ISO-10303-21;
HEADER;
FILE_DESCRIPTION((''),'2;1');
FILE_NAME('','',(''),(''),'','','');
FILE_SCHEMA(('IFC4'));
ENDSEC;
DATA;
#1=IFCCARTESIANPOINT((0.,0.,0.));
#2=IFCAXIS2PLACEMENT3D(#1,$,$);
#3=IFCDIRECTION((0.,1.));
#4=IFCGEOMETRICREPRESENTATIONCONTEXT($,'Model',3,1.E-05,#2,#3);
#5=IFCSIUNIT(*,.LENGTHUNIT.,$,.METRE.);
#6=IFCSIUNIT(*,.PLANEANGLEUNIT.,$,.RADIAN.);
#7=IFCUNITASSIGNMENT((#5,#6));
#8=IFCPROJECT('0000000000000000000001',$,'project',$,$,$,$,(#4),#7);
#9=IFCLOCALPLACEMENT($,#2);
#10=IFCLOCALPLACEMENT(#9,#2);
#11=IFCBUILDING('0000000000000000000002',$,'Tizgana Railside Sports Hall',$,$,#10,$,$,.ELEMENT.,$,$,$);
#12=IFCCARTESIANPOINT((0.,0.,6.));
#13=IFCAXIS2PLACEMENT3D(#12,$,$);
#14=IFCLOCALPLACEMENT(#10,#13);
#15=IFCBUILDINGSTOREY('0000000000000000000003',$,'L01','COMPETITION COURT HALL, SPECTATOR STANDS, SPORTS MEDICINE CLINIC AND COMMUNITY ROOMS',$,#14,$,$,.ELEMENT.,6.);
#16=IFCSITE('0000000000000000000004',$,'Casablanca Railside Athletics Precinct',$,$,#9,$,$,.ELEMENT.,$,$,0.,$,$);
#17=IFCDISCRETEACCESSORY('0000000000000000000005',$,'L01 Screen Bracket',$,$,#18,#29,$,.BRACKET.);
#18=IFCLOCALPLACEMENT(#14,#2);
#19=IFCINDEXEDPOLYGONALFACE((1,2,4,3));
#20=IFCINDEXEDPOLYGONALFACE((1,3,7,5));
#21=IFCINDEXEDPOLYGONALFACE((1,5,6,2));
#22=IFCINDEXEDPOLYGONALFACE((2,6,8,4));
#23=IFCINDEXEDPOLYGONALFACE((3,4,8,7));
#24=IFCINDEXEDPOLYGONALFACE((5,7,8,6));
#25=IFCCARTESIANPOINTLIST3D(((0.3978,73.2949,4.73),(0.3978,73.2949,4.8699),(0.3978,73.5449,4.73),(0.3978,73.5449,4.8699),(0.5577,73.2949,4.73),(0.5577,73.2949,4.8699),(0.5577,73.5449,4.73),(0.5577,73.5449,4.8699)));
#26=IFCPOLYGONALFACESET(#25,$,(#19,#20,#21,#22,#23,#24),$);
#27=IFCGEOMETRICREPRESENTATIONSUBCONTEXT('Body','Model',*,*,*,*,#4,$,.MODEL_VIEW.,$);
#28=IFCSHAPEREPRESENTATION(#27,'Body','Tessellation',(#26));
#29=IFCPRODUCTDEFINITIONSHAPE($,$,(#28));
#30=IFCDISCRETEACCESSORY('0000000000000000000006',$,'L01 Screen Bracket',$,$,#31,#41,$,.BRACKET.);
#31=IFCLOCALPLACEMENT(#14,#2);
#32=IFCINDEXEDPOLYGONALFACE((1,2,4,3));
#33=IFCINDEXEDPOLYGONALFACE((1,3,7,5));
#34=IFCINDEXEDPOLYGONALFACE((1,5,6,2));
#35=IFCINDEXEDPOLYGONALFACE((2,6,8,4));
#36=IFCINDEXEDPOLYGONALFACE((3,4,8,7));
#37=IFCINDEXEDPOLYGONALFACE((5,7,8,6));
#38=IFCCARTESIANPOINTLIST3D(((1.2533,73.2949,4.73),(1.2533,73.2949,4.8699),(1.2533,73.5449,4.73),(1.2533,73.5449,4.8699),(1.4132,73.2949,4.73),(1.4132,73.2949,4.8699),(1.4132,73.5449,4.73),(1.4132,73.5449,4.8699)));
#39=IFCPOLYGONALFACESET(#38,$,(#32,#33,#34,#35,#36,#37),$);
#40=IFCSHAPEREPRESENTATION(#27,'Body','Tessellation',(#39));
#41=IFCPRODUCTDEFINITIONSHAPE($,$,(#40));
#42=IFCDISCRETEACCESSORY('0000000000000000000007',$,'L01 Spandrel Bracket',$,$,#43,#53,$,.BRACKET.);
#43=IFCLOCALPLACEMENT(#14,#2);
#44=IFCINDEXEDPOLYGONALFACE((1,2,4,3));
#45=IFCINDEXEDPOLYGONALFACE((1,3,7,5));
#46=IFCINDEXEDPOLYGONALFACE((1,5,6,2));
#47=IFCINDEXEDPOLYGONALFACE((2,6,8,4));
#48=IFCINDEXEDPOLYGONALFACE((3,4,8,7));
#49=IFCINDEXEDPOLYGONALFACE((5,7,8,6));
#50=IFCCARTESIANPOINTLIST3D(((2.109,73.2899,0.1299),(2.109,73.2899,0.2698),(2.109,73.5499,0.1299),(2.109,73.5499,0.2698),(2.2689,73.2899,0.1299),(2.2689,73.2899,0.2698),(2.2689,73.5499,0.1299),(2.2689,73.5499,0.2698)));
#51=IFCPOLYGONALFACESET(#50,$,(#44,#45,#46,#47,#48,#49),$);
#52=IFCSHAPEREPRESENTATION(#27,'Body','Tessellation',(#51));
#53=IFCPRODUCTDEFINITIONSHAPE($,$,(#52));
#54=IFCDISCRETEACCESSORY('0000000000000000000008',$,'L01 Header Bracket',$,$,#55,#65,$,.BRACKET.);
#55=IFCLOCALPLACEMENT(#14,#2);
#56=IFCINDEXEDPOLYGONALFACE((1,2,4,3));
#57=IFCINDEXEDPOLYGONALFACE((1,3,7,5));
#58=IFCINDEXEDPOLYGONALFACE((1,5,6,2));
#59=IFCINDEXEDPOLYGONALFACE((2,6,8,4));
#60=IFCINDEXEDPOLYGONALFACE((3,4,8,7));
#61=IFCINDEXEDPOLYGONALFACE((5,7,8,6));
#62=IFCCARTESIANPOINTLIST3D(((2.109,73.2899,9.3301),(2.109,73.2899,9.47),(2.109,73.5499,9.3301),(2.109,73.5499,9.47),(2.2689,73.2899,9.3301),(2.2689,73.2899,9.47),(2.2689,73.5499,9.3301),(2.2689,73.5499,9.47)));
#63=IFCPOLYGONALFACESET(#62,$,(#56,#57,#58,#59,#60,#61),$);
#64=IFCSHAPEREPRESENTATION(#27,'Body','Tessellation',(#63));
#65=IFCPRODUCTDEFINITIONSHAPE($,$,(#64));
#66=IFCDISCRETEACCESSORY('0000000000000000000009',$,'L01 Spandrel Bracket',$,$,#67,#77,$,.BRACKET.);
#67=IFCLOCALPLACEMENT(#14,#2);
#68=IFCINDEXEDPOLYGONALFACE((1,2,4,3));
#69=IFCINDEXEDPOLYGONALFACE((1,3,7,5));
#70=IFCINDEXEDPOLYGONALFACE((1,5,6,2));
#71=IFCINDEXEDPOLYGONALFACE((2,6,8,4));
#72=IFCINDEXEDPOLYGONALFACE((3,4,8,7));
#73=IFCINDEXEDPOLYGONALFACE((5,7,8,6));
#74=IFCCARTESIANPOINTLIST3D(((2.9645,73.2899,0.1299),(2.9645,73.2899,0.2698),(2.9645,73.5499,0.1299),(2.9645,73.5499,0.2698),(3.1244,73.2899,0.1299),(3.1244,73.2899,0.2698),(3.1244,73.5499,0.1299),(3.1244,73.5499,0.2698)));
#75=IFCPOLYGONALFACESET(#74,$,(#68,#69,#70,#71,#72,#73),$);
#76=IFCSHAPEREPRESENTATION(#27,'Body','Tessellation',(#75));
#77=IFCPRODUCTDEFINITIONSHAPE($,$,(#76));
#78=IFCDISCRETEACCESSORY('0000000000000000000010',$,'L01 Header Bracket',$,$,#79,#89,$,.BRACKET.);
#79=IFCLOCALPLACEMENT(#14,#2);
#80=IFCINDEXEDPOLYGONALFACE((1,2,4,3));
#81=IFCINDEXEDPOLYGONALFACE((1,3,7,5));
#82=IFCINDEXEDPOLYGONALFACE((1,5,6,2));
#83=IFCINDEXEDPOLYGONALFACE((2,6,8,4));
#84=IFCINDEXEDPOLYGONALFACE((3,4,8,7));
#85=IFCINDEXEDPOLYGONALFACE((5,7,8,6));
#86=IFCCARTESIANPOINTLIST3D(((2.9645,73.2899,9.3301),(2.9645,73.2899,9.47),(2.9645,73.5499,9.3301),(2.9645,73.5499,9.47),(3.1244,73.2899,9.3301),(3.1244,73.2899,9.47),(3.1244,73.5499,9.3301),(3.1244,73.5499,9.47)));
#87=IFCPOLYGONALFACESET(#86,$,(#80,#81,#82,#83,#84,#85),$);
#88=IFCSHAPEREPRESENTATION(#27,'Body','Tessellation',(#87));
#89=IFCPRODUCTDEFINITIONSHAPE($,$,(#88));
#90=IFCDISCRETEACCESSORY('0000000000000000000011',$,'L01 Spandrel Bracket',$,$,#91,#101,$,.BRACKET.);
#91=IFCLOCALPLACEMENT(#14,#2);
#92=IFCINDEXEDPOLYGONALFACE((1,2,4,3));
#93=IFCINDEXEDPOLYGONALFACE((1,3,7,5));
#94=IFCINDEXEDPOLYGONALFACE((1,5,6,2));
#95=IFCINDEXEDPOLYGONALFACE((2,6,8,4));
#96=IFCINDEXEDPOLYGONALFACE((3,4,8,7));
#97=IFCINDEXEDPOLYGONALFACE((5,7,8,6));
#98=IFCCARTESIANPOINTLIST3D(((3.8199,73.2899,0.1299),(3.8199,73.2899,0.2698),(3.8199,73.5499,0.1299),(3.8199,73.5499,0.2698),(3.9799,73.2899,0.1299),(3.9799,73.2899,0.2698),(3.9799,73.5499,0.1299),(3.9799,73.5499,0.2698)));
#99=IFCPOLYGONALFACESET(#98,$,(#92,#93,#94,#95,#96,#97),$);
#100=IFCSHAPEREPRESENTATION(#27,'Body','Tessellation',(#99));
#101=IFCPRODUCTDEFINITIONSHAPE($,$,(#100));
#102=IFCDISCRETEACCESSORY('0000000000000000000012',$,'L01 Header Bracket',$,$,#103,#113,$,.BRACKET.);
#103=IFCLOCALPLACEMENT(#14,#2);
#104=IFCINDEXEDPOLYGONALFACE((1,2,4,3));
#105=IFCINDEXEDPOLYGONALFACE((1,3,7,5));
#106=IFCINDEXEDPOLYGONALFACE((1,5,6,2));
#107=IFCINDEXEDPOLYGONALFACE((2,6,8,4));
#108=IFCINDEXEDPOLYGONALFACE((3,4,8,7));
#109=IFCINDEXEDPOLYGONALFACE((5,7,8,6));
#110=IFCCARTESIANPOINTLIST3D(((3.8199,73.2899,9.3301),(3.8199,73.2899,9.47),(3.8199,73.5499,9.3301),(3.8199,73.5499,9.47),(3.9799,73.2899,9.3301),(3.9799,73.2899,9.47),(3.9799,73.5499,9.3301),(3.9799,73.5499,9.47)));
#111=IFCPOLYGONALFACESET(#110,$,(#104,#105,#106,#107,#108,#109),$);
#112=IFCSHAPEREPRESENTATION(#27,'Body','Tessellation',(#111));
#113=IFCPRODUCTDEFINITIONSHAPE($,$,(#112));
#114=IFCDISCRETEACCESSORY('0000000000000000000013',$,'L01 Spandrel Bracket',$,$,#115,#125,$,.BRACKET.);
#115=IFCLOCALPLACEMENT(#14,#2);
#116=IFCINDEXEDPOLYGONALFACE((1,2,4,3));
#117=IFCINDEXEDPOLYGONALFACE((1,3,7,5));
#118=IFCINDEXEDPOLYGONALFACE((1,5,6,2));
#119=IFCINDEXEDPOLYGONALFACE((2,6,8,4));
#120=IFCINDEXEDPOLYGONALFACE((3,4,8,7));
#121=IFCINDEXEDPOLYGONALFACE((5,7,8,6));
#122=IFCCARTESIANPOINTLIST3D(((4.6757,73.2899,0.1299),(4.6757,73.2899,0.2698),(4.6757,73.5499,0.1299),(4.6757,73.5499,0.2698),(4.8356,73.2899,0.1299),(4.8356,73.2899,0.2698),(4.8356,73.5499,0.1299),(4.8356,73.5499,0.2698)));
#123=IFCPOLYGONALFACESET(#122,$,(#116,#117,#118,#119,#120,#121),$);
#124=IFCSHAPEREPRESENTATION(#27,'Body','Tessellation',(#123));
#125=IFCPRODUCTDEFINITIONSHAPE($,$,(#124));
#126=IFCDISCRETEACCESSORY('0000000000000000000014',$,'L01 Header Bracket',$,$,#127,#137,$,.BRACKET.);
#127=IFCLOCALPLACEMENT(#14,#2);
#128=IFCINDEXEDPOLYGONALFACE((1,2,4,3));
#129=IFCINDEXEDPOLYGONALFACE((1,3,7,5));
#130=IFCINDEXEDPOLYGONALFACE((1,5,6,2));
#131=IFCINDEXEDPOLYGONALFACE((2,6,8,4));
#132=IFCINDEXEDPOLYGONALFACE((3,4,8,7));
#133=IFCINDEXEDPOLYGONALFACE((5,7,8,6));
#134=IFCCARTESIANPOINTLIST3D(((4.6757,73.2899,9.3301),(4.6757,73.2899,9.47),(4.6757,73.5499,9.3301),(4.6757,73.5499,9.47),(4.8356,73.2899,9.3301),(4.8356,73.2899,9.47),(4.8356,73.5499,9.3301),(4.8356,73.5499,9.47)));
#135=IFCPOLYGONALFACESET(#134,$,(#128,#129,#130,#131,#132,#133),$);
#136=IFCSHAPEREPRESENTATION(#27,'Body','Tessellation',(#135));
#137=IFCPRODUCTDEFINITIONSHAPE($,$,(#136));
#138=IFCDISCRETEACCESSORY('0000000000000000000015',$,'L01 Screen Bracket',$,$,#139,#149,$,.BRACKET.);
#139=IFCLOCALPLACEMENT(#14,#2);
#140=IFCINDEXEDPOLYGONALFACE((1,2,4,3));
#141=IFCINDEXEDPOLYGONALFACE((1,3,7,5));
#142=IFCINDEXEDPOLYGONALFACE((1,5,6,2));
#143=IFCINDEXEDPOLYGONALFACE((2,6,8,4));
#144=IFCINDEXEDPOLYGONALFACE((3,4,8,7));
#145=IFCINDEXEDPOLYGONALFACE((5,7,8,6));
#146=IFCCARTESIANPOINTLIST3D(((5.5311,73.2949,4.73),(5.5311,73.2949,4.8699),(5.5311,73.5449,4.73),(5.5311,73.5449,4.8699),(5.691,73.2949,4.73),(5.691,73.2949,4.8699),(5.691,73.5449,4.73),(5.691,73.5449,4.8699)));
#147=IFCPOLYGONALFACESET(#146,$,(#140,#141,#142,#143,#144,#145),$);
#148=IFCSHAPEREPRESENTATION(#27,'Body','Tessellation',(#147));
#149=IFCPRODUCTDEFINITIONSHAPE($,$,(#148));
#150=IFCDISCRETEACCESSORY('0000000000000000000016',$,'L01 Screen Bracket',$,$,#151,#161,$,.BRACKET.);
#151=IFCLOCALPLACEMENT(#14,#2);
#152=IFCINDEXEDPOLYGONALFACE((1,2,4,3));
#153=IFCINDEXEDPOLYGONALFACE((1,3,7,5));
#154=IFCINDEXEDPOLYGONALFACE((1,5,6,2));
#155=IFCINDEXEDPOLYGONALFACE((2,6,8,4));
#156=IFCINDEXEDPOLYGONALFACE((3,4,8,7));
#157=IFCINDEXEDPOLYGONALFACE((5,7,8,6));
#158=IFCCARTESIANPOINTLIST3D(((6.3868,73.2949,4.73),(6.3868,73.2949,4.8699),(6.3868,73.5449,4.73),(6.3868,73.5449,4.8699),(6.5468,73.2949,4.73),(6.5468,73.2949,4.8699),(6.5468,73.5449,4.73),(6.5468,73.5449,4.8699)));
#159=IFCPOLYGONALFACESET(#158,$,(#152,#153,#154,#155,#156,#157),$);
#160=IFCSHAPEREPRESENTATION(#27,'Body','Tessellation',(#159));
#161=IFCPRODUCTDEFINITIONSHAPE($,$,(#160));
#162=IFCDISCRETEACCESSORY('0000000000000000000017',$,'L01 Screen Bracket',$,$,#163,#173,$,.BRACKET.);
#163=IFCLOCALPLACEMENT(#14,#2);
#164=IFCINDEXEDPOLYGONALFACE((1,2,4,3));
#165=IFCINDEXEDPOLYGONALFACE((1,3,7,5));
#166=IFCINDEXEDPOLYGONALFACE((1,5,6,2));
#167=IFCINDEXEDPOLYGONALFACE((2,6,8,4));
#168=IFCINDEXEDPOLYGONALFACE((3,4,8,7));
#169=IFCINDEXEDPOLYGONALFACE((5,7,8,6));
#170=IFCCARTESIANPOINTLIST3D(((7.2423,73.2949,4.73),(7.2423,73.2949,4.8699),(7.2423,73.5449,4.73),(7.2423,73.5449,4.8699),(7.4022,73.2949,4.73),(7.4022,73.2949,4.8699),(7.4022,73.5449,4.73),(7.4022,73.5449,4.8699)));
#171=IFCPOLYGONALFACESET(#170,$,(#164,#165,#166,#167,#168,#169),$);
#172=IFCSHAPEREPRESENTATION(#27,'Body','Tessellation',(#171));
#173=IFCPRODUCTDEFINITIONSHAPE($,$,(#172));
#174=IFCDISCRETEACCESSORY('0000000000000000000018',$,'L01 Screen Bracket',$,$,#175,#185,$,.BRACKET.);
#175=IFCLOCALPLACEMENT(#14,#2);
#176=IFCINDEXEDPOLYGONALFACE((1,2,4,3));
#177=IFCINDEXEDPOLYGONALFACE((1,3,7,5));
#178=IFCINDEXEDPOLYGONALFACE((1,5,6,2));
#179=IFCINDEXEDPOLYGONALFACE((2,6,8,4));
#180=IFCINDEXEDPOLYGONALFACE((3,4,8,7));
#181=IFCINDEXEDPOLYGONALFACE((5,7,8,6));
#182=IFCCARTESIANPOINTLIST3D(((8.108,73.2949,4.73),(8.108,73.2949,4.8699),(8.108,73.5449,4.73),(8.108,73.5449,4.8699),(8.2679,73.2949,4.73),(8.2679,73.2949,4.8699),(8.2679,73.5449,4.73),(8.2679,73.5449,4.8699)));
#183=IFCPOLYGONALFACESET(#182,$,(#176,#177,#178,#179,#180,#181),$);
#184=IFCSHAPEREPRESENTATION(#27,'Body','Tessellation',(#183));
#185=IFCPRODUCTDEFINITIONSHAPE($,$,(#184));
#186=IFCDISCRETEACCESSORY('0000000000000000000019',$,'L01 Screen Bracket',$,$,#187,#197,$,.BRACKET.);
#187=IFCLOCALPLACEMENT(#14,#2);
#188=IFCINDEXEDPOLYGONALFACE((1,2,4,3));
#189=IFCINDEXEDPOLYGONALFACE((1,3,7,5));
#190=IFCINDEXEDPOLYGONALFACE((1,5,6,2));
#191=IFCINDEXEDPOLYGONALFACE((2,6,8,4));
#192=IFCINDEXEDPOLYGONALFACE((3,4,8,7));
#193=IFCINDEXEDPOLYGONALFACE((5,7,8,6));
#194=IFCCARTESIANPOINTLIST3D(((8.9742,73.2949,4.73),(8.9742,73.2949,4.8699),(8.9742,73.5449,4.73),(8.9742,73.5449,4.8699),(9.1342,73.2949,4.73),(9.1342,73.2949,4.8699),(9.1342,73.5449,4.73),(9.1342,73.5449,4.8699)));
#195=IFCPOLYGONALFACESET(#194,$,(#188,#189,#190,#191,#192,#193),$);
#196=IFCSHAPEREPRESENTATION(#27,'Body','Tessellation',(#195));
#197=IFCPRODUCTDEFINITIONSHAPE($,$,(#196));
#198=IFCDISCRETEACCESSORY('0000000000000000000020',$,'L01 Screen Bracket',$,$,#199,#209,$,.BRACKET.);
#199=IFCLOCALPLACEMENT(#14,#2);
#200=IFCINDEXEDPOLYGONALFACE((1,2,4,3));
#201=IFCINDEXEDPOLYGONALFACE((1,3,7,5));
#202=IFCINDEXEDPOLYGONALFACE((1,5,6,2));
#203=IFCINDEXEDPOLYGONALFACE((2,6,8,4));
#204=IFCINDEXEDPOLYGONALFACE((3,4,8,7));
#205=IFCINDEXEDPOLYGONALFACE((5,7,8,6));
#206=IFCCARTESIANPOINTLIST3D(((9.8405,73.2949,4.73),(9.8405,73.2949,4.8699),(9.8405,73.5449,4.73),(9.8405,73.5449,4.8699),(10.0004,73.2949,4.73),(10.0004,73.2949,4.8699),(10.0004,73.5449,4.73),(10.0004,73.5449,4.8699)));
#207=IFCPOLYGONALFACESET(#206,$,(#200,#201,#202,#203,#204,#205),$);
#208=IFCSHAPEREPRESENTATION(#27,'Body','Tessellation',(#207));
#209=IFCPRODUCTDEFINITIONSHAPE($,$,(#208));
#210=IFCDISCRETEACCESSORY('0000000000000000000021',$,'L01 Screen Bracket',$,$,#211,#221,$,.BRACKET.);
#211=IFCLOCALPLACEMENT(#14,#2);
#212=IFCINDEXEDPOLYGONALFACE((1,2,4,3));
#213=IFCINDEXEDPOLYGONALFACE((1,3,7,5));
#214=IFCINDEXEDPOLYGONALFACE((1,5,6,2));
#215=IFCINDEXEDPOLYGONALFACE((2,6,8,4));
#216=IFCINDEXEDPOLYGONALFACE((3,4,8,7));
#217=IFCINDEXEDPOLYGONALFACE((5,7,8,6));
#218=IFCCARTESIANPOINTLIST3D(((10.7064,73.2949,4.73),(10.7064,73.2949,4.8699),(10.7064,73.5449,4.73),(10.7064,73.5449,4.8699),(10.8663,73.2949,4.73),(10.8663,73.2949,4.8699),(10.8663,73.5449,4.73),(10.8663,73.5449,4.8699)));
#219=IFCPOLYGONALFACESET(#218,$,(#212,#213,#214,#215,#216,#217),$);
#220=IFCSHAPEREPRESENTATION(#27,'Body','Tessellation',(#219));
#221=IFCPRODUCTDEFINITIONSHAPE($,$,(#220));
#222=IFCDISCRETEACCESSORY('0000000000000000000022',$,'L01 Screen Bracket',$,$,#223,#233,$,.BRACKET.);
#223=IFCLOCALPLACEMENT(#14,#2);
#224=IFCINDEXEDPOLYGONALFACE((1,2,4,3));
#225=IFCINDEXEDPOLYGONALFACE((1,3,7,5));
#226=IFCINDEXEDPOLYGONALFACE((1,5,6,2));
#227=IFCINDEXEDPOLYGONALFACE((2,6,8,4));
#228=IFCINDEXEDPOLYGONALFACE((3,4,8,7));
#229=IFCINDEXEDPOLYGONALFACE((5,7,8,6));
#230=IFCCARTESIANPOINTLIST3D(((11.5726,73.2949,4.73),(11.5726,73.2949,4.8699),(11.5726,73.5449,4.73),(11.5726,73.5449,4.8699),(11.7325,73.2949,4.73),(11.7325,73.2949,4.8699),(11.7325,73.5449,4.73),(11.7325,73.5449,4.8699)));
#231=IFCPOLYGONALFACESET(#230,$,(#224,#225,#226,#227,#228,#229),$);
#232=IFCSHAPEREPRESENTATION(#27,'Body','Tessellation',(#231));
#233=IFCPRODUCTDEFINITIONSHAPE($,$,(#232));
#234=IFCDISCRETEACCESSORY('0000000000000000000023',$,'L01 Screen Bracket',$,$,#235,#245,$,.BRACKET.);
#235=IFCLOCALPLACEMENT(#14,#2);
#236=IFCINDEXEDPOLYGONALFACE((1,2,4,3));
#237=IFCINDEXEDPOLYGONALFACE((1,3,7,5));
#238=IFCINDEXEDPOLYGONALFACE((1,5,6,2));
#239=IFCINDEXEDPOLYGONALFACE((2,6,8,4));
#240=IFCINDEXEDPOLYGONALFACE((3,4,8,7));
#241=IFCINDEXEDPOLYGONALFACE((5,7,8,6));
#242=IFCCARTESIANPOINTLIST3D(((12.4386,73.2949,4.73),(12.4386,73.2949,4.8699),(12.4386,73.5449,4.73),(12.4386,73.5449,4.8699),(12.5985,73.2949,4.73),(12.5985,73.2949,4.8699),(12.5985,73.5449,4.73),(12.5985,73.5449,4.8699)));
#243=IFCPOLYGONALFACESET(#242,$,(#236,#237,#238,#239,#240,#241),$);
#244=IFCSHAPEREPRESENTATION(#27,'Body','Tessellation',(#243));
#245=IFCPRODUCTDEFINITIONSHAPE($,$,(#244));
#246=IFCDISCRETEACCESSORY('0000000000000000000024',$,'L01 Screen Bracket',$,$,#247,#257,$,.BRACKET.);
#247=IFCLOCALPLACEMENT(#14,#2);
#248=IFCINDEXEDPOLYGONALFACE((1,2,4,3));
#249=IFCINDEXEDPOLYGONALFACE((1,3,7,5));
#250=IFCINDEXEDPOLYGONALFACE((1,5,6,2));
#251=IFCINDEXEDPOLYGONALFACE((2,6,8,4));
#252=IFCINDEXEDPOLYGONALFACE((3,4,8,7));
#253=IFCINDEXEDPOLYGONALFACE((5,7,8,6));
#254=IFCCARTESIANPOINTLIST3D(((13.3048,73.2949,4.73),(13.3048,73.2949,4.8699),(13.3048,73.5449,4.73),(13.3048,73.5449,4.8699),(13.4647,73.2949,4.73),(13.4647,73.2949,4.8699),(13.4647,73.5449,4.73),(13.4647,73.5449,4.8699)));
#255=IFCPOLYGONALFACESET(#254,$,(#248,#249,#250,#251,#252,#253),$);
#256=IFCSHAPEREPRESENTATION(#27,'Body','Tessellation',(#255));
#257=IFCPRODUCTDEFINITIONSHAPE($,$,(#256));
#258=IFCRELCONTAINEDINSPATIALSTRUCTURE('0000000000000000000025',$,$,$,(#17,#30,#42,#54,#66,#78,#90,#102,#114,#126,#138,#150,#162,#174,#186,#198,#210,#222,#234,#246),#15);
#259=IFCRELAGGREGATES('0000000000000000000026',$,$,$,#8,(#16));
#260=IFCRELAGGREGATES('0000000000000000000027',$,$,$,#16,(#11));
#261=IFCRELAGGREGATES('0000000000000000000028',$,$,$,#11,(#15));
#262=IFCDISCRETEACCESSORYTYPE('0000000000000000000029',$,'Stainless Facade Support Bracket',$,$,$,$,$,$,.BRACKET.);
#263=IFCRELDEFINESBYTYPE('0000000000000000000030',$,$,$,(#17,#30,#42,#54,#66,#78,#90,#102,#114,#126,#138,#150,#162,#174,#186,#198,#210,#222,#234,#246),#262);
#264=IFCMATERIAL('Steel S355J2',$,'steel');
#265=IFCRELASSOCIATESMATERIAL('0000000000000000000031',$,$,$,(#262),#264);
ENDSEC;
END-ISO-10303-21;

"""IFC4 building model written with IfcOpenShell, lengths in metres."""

from ifc_helpers import new_model, si_unit, direction, frame, origin, origin_2d, place, context, subcontext, project, spatial, rectangle, extrude, material, type_object, element, save


model = new_model("IFC4")

# Units and contexts
model_context = context("Model", 3, precision=1e-05, world=origin(), true_north=direction((0.0, 1.0)))
body_context = subcontext(model_context, "Body", "Model", "MODEL_VIEW")
ifc_project = project(units=[si_unit("LENGTHUNIT", "METRE"), si_unit("PLANEANGLEUNIT", "RADIAN")], contexts=[model_context])

# Site, building, storey
site_placement = place(None, origin())
site = spatial("IfcSite", under=ifc_project, at=site_placement, Name="Casablanca Railside Athletics Precinct", CompositionType="ELEMENT", RefElevation=0.0)
building_placement = place(site_placement, origin())
building = spatial("IfcBuilding", under=site, at=building_placement, Name="Tizgana Railside Sports Hall", CompositionType="ELEMENT")
storey_placement = place(building_placement, frame((0.0, 0.0, 6.0)))
storey = spatial("IfcBuildingStorey", under=building, at=storey_placement, Name="L01", Description="COMPETITION COURT HALL, SPECTATOR STANDS, SPORTS MEDICINE CLINIC AND COMMUNITY ROOMS", CompositionType="ELEMENT", Elevation=6.0)

# Shared definitions
ifc_material_1 = material(Name="Steel S355J2", Category="steel")

# Discrete accessories
discrete_accessory_type = type_object("IfcDiscreteAccessoryType", Name="Stainless Facade Support Bracket", PredefinedType="BRACKET", material=ifc_material_1)
for number, where, z_axis, x_axis, name in (
    (1, (0.4778, 73.4199, 4.73), (0.0, 0.0, 1.0), (1.0, 0.0, 0.0), "L01 Screen Bracket"),
    (2, (1.3333, 73.4199, 4.73), (0.0, 0.0, 1.0), (1.0, 0.0, 0.0), "L01 Screen Bracket"),
):
    element("IfcDiscreteAccessory", number, at=place(storey_placement, frame(where, z_axis=z_axis, x_axis=x_axis)), inside=storey, type_object=discrete_accessory_type, Name=name, PredefinedType="BRACKET", context=body_context, shape_type="SweptSolid", body=[
        extrude(rectangle(XDim=0.1599, YDim=0.25, at=origin_2d()), origin(), (0.0, 0.0, 1.0), 0.1399),
    ])
for number, where, z_axis, x_axis, name in (
    (3, (2.189, 73.4199, 0.1299), (0.0, 0.0, 1.0), (1.0, 0.0, 0.0), "L01 Spandrel Bracket"),
    (4, (2.189, 73.4199, 9.3301), (0.0, 0.0, 1.0), (1.0, 0.0, 0.0), "L01 Header Bracket"),
    (5, (3.0444, 73.4199, 0.1299), (0.0, 0.0, 1.0), (1.0, 0.0, 0.0), "L01 Spandrel Bracket"),
    (6, (3.0444, 73.4199, 9.3301), (0.0, 0.0, 1.0), (1.0, 0.0, 0.0), "L01 Header Bracket"),
    (7, (3.8999, 73.4199, 0.1299), (0.0, 0.0, 1.0), (1.0, 0.0, 0.0), "L01 Spandrel Bracket"),
    (8, (3.8999, 73.4199, 9.3301), (0.0, 0.0, 1.0), (1.0, 0.0, 0.0), "L01 Header Bracket"),
    (9, (4.7556, 73.4199, 0.1299), (0.0, 0.0, 1.0), (1.0, 0.0, 0.0), "L01 Spandrel Bracket"),
    (10, (4.7556, 73.4199, 9.3301), (0.0, 0.0, 1.0), (1.0, 0.0, 0.0), "L01 Header Bracket"),
):
    element("IfcDiscreteAccessory", number, at=place(storey_placement, frame(where, z_axis=z_axis, x_axis=x_axis)), inside=storey, type_object=discrete_accessory_type, Name=name, PredefinedType="BRACKET", context=body_context, shape_type="SweptSolid", body=[
        extrude(rectangle(XDim=0.1599, YDim=0.26, at=origin_2d()), origin(), (0.0, 0.0, 1.0), 0.1399),
    ])
for number, where, z_axis, x_axis, name in (
    (11, (5.6111, 73.4199, 4.73), (0.0, 0.0, 1.0), (1.0, 0.0, 0.0), "L01 Screen Bracket"),
    (12, (6.4668, 73.4199, 4.73), (0.0, 0.0, 1.0), (1.0, 0.0, 0.0), "L01 Screen Bracket"),
    (13, (7.3223, 73.4199, 4.73), (0.0, 0.0, 1.0), (1.0, 0.0, 0.0), "L01 Screen Bracket"),
    (14, (8.188, 73.4199, 4.73), (0.0, 0.0, 1.0), (1.0, 0.0, 0.0), "L01 Screen Bracket"),
    (15, (9.0542, 73.4199, 4.73), (0.0, 0.0, 1.0), (1.0, 0.0, 0.0), "L01 Screen Bracket"),
    (16, (9.9204, 73.4199, 4.73), (0.0, 0.0, 1.0), (1.0, 0.0, 0.0), "L01 Screen Bracket"),
    (17, (10.7864, 73.4199, 4.73), (0.0, 0.0, 1.0), (1.0, 0.0, 0.0), "L01 Screen Bracket"),
    (18, (11.6526, 73.4199, 4.73), (0.0, 0.0, 1.0), (1.0, 0.0, 0.0), "L01 Screen Bracket"),
    (19, (12.5186, 73.4199, 4.73), (0.0, 0.0, 1.0), (1.0, 0.0, 0.0), "L01 Screen Bracket"),
    (20, (13.3848, 73.4199, 4.73), (0.0, 0.0, 1.0), (1.0, 0.0, 0.0), "L01 Screen Bracket"),
):
    element("IfcDiscreteAccessory", number, at=place(storey_placement, frame(where, z_axis=z_axis, x_axis=x_axis)), inside=storey, type_object=discrete_accessory_type, Name=name, PredefinedType="BRACKET", context=body_context, shape_type="SweptSolid", body=[
        extrude(rectangle(XDim=0.1599, YDim=0.25, at=origin_2d()), origin(), (0.0, 0.0, 1.0), 0.1399),
    ])

save(model, "model.ifc")
